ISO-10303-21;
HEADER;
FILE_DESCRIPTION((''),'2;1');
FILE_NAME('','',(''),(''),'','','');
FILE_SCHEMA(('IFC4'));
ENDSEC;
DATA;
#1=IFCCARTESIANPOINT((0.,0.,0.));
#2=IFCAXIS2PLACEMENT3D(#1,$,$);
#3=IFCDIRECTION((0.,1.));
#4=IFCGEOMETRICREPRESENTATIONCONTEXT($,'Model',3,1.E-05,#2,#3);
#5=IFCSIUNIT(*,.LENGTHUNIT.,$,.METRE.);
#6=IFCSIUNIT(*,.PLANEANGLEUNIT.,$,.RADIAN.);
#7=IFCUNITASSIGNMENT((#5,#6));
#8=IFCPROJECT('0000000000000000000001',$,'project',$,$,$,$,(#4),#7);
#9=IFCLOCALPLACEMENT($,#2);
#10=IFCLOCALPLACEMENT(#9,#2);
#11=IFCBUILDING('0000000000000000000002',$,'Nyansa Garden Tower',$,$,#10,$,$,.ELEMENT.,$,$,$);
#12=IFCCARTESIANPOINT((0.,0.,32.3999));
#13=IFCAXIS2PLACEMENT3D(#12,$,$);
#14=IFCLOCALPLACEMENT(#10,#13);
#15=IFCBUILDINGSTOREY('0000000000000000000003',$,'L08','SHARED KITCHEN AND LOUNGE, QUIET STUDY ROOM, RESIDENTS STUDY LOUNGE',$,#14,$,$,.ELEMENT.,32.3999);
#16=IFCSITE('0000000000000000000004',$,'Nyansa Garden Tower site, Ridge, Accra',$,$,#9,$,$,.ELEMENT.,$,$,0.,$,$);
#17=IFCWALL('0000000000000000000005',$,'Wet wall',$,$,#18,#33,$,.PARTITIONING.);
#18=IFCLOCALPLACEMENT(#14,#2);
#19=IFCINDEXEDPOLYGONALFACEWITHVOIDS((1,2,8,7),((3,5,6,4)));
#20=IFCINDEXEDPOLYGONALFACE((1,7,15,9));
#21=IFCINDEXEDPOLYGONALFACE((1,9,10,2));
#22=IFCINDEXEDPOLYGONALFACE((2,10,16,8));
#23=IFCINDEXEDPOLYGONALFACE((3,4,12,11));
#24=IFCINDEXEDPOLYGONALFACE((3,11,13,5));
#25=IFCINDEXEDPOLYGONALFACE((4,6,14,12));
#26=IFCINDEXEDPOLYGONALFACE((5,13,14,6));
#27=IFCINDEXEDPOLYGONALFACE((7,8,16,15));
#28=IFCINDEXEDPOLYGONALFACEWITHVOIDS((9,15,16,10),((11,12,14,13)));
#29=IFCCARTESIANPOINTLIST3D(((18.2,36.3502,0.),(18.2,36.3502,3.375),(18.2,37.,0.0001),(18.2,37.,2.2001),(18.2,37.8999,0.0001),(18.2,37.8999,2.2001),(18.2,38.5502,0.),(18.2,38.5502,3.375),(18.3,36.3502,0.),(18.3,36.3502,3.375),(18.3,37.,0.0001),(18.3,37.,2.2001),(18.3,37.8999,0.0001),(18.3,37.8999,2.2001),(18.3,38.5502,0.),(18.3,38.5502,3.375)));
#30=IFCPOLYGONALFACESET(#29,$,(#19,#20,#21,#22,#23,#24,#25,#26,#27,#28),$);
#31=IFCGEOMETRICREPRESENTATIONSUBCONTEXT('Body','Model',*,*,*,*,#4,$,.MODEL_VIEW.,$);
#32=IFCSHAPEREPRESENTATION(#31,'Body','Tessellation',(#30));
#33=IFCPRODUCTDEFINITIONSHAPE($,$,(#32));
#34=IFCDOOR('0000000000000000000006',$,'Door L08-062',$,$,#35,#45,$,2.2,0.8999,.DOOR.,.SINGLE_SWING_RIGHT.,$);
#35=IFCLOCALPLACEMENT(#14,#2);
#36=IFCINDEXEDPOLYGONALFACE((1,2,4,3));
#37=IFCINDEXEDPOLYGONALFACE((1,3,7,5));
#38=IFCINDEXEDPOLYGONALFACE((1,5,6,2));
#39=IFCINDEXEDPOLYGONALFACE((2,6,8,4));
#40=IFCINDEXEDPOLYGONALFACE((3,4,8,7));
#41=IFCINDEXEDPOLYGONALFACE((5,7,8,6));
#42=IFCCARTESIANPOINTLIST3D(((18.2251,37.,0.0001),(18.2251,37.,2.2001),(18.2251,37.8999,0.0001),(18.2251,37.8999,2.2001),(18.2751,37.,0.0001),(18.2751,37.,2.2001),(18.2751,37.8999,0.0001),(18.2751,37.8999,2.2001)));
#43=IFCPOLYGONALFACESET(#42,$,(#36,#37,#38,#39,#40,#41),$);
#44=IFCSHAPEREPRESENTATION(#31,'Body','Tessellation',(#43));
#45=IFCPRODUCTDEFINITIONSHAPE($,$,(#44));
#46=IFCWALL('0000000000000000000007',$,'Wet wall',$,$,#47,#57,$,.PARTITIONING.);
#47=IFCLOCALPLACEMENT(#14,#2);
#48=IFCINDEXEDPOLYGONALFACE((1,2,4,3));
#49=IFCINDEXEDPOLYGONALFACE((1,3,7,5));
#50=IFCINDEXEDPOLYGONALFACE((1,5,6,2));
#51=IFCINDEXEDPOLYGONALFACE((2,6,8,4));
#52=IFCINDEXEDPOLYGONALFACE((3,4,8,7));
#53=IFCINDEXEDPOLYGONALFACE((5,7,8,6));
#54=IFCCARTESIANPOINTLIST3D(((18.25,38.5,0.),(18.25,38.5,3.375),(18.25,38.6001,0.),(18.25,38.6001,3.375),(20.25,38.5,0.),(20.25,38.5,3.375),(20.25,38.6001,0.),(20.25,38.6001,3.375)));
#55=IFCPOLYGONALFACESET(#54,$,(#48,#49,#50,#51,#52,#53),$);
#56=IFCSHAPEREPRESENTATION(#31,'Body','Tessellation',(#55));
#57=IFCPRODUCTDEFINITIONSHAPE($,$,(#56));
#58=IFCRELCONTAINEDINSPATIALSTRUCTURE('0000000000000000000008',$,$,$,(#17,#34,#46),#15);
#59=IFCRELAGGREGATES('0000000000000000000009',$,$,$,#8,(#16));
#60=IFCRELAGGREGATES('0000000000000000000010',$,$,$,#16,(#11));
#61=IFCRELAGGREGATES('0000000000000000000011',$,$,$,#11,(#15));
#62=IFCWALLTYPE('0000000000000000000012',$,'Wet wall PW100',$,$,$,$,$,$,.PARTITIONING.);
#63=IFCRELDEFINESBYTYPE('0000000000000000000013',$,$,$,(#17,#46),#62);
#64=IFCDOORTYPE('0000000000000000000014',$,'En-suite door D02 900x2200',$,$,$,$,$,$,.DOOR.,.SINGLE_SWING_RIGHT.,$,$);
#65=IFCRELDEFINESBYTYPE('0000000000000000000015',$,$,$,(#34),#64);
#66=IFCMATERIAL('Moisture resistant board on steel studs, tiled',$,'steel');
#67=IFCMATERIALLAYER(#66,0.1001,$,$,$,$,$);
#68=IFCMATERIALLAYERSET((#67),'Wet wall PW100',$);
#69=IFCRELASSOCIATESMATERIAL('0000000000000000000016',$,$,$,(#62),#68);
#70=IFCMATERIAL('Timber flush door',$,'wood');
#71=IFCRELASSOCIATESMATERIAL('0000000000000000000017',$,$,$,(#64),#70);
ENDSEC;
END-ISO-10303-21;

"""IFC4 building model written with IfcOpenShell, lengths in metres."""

from ifc_helpers import new_model, si_unit, direction, frame, frame_2d, origin, place, context, subcontext, project, spatial, rectangle, extrude, material, layer, layer_set, type_object, element, fill, save


model = new_model("IFC4")

# Units and contexts
model_context = context("Model", 3, precision=1e-05, world=origin(), true_north=direction((0.0, 1.0)))
body_context = subcontext(model_context, "Body", "Model", "MODEL_VIEW")
ifc_project = project(units=[si_unit("LENGTHUNIT", "METRE"), si_unit("PLANEANGLEUNIT", "RADIAN")], contexts=[model_context])

# Site, building, storey
site_placement = place(None, origin())
site = spatial("IfcSite", under=ifc_project, at=site_placement, Name="Nyansa Garden Tower site, Ridge, Accra", CompositionType="ELEMENT", RefElevation=0.0)
building_placement = place(site_placement, origin())
building = spatial("IfcBuilding", under=site, at=building_placement, Name="Nyansa Garden Tower", CompositionType="ELEMENT")
storey_placement = place(building_placement, frame((0.0, 0.0, 32.3999)))
storey = spatial("IfcBuildingStorey", under=building, at=storey_placement, Name="L08", Description="SHARED KITCHEN AND LOUNGE, QUIET STUDY ROOM, RESIDENTS STUDY LOUNGE", CompositionType="ELEMENT", Elevation=32.3999)

# Shared definitions
ifc_material_1 = material(Name="Moisture resistant board on steel studs, tiled", Category="steel")
ifc_layer_1 = layer(ifc_material_1, 0.1001)
ifc_layer_set_1 = layer_set([ifc_layer_1], Name="Wet wall PW100")
wall_type_1 = type_object("IfcWallType", Name="Wet wall PW100", PredefinedType="PARTITIONING", material=ifc_layer_set_1)
ifc_material_2 = material(Name="Timber flush door", Category="wood")
door_type_1 = type_object("IfcDoorType", Name="En-suite door D02 900x2200", OperationType="SINGLE_SWING_RIGHT", PredefinedType="DOOR", material=ifc_material_2)

# Wall, opening, door
wall_1_placement = place(storey_placement, frame((18.25, 36.3501, 0.0), z_axis=(0.0, 0.0, 1.0), x_axis=(0.0, 1.0, 0.0)))
wall_1 = element("IfcWall", 1, at=wall_1_placement, inside=storey, type_object=wall_type_1, Name="Wet wall", PredefinedType="PARTITIONING", context=body_context, shape_type="SweptSolid", body=[
    extrude(rectangle(XDim=2.2, YDim=0.1001, at=frame_2d((1.1001, 0.0))), origin(), (0.0, 0.0, 1.0), 3.375),
])
opening_1_placement = place(wall_1_placement, frame((0.6499, 0.0, 0.0)))
opening_1 = element("IfcOpeningElement", 2, at=opening_1_placement, cuts=wall_1, PredefinedType="OPENING", context=body_context, shape_type="SweptSolid", body=[
    extrude(rectangle(XDim=0.8999, YDim=2.2, at=frame_2d((0.45, 1.1001))), frame((0.0, 0.0601, 0.0), z_axis=(0.0, -1.0, 0.0), x_axis=(1.0, 0.0, 0.0)), (0.0, 0.0, 1.0), 0.1201),
])
door_1_placement = place(opening_1_placement, origin())
door_1 = element("IfcDoor", 3, at=door_1_placement, inside=storey, type_object=door_type_1, Name="Door L08-062", OperationType="SINGLE_SWING_RIGHT", OverallHeight=2.2, OverallWidth=0.8999, PredefinedType="DOOR", context=body_context, shape_type="SweptSolid", body=[
    extrude(rectangle(XDim=0.8999, YDim=2.2, at=frame_2d((0.45, 1.1001))), frame((0.0, 0.0249, 0.0), z_axis=(0.0, -1.0, 0.0), x_axis=(1.0, 0.0, 0.0)), (0.0, 0.0, 1.0), 0.05),
])
fill(opening_1, door_1)

# Wall
wall_2_placement = place(storey_placement, frame((18.25, 38.55, 0.0), z_axis=(0.0, 0.0, 1.0), x_axis=(1.0, 0.0, 0.0)))
element("IfcWall", 4, at=wall_2_placement, inside=storey, type_object=wall_type_1, Name="Wet wall", PredefinedType="PARTITIONING", context=body_context, shape_type="SweptSolid", body=[
    extrude(rectangle(XDim=2.0, YDim=0.1001, at=frame_2d((1.0, 0.0))), origin(), (0.0, 0.0, 1.0), 3.375),
])

save(model, "model.ifc")
